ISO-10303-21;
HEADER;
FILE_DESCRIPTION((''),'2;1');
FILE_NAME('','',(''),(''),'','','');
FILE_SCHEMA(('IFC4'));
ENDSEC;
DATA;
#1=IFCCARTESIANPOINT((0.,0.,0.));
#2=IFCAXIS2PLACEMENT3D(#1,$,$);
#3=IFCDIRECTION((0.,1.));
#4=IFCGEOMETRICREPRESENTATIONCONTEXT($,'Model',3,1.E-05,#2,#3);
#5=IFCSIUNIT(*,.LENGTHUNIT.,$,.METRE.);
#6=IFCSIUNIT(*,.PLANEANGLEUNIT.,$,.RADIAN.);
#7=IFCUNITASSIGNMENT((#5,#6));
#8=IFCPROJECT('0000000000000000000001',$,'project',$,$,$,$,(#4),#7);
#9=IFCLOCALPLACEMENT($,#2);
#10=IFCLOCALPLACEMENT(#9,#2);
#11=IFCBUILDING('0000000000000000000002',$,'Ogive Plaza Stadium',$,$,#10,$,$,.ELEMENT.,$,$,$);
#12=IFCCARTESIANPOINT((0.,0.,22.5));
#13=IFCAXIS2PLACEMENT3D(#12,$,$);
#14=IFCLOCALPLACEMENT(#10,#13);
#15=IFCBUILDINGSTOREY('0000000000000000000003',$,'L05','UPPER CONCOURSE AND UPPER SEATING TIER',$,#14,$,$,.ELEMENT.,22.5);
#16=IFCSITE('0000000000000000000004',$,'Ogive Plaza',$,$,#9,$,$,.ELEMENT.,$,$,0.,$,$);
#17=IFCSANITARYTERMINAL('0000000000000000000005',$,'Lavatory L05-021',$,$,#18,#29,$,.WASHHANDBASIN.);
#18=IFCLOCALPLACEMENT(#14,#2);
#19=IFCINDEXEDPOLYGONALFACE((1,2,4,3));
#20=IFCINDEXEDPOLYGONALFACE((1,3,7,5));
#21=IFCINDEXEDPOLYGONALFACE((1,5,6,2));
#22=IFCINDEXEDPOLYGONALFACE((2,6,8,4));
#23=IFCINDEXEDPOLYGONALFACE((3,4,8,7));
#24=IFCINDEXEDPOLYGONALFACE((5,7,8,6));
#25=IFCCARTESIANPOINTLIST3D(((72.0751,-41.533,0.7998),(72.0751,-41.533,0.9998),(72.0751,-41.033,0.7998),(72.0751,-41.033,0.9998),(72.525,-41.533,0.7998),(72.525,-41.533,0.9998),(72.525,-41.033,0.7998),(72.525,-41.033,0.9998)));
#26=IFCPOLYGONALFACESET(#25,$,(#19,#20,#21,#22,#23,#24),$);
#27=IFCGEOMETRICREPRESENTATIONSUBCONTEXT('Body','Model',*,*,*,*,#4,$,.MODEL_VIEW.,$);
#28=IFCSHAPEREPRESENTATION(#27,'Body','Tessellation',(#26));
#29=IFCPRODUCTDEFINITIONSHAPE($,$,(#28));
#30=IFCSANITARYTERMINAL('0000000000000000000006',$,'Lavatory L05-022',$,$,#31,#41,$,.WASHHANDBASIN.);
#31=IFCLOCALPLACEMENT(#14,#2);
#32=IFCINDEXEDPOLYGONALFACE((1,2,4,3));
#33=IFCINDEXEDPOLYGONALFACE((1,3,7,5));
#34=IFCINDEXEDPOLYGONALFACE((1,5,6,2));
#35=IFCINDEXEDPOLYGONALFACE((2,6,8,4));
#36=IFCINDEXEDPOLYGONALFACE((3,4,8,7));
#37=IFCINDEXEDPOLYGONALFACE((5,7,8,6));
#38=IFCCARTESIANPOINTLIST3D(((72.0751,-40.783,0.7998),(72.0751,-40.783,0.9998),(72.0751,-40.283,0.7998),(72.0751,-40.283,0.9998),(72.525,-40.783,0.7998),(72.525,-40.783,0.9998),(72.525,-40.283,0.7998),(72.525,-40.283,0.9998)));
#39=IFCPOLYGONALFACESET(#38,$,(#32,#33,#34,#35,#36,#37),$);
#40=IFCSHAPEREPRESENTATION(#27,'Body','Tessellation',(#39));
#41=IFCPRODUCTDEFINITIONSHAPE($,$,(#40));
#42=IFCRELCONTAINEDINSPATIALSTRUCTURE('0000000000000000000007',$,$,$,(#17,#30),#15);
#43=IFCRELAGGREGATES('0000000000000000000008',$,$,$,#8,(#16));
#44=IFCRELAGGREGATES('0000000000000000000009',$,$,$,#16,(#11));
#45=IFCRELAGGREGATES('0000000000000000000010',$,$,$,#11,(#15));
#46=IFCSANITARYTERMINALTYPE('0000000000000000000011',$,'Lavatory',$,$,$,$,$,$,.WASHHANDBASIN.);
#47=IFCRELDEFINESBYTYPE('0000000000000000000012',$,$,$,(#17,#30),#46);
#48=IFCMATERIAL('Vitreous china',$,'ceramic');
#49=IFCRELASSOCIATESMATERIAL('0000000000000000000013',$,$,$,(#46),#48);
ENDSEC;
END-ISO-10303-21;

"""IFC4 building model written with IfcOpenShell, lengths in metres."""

from ifc_helpers import new_model, si_unit, direction, frame, origin, origin_2d, place, context, subcontext, project, spatial, rectangle, extrude, material, type_object, element, save


model = new_model("IFC4")

# Units and contexts
model_context = context("Model", 3, precision=1e-05, world=origin(), true_north=direction((0.0, 1.0)))
body_context = subcontext(model_context, "Body", "Model", "MODEL_VIEW")
ifc_project = project(units=[si_unit("LENGTHUNIT", "METRE"), si_unit("PLANEANGLEUNIT", "RADIAN")], contexts=[model_context])

# Site, building, storey
site_placement = place(None, origin())
site = spatial("IfcSite", under=ifc_project, at=site_placement, Name="Ogive Plaza", CompositionType="ELEMENT", RefElevation=0.0)
building_placement = place(site_placement, origin())
building = spatial("IfcBuilding", under=site, at=building_placement, Name="Ogive Plaza Stadium", CompositionType="ELEMENT")
storey_placement = place(building_placement, frame((0.0, 0.0, 22.5)))
storey = spatial("IfcBuildingStorey", under=building, at=storey_placement, Name="L05", Description="UPPER CONCOURSE AND UPPER SEATING TIER", CompositionType="ELEMENT", Elevation=22.5)

# Sanitary terminals
ifc_material_1 = material(Name="Vitreous china", Category="ceramic")
sanitary_terminal_type_1 = type_object("IfcSanitaryTerminalType", Name="Lavatory", PredefinedType="WASHHANDBASIN", material=ifc_material_1)
for number, where, z_axis, x_axis, name in (
    (1, (72.3, -41.283, 0.7998), (0.0, 0.0, 1.0), (0.0, -1.0, 0.0), "Lavatory L05-021"),
    (2, (72.3, -40.533, 0.7998), (0.0, 0.0, 1.0), (0.0, 1.0, 0.0), "Lavatory L05-022"),
):
    element("IfcSanitaryTerminal", number, at=place(storey_placement, frame(where, z_axis=z_axis, x_axis=x_axis)), inside=storey, type_object=sanitary_terminal_type_1, Name=name, PredefinedType="WASHHANDBASIN", context=body_context, shape_type="SweptSolid", body=[
        extrude(rectangle(XDim=0.5, YDim=0.45, at=origin_2d()), origin(), (0.0, 0.0, 1.0), 0.2),
    ])

save(model, "model.ifc")
